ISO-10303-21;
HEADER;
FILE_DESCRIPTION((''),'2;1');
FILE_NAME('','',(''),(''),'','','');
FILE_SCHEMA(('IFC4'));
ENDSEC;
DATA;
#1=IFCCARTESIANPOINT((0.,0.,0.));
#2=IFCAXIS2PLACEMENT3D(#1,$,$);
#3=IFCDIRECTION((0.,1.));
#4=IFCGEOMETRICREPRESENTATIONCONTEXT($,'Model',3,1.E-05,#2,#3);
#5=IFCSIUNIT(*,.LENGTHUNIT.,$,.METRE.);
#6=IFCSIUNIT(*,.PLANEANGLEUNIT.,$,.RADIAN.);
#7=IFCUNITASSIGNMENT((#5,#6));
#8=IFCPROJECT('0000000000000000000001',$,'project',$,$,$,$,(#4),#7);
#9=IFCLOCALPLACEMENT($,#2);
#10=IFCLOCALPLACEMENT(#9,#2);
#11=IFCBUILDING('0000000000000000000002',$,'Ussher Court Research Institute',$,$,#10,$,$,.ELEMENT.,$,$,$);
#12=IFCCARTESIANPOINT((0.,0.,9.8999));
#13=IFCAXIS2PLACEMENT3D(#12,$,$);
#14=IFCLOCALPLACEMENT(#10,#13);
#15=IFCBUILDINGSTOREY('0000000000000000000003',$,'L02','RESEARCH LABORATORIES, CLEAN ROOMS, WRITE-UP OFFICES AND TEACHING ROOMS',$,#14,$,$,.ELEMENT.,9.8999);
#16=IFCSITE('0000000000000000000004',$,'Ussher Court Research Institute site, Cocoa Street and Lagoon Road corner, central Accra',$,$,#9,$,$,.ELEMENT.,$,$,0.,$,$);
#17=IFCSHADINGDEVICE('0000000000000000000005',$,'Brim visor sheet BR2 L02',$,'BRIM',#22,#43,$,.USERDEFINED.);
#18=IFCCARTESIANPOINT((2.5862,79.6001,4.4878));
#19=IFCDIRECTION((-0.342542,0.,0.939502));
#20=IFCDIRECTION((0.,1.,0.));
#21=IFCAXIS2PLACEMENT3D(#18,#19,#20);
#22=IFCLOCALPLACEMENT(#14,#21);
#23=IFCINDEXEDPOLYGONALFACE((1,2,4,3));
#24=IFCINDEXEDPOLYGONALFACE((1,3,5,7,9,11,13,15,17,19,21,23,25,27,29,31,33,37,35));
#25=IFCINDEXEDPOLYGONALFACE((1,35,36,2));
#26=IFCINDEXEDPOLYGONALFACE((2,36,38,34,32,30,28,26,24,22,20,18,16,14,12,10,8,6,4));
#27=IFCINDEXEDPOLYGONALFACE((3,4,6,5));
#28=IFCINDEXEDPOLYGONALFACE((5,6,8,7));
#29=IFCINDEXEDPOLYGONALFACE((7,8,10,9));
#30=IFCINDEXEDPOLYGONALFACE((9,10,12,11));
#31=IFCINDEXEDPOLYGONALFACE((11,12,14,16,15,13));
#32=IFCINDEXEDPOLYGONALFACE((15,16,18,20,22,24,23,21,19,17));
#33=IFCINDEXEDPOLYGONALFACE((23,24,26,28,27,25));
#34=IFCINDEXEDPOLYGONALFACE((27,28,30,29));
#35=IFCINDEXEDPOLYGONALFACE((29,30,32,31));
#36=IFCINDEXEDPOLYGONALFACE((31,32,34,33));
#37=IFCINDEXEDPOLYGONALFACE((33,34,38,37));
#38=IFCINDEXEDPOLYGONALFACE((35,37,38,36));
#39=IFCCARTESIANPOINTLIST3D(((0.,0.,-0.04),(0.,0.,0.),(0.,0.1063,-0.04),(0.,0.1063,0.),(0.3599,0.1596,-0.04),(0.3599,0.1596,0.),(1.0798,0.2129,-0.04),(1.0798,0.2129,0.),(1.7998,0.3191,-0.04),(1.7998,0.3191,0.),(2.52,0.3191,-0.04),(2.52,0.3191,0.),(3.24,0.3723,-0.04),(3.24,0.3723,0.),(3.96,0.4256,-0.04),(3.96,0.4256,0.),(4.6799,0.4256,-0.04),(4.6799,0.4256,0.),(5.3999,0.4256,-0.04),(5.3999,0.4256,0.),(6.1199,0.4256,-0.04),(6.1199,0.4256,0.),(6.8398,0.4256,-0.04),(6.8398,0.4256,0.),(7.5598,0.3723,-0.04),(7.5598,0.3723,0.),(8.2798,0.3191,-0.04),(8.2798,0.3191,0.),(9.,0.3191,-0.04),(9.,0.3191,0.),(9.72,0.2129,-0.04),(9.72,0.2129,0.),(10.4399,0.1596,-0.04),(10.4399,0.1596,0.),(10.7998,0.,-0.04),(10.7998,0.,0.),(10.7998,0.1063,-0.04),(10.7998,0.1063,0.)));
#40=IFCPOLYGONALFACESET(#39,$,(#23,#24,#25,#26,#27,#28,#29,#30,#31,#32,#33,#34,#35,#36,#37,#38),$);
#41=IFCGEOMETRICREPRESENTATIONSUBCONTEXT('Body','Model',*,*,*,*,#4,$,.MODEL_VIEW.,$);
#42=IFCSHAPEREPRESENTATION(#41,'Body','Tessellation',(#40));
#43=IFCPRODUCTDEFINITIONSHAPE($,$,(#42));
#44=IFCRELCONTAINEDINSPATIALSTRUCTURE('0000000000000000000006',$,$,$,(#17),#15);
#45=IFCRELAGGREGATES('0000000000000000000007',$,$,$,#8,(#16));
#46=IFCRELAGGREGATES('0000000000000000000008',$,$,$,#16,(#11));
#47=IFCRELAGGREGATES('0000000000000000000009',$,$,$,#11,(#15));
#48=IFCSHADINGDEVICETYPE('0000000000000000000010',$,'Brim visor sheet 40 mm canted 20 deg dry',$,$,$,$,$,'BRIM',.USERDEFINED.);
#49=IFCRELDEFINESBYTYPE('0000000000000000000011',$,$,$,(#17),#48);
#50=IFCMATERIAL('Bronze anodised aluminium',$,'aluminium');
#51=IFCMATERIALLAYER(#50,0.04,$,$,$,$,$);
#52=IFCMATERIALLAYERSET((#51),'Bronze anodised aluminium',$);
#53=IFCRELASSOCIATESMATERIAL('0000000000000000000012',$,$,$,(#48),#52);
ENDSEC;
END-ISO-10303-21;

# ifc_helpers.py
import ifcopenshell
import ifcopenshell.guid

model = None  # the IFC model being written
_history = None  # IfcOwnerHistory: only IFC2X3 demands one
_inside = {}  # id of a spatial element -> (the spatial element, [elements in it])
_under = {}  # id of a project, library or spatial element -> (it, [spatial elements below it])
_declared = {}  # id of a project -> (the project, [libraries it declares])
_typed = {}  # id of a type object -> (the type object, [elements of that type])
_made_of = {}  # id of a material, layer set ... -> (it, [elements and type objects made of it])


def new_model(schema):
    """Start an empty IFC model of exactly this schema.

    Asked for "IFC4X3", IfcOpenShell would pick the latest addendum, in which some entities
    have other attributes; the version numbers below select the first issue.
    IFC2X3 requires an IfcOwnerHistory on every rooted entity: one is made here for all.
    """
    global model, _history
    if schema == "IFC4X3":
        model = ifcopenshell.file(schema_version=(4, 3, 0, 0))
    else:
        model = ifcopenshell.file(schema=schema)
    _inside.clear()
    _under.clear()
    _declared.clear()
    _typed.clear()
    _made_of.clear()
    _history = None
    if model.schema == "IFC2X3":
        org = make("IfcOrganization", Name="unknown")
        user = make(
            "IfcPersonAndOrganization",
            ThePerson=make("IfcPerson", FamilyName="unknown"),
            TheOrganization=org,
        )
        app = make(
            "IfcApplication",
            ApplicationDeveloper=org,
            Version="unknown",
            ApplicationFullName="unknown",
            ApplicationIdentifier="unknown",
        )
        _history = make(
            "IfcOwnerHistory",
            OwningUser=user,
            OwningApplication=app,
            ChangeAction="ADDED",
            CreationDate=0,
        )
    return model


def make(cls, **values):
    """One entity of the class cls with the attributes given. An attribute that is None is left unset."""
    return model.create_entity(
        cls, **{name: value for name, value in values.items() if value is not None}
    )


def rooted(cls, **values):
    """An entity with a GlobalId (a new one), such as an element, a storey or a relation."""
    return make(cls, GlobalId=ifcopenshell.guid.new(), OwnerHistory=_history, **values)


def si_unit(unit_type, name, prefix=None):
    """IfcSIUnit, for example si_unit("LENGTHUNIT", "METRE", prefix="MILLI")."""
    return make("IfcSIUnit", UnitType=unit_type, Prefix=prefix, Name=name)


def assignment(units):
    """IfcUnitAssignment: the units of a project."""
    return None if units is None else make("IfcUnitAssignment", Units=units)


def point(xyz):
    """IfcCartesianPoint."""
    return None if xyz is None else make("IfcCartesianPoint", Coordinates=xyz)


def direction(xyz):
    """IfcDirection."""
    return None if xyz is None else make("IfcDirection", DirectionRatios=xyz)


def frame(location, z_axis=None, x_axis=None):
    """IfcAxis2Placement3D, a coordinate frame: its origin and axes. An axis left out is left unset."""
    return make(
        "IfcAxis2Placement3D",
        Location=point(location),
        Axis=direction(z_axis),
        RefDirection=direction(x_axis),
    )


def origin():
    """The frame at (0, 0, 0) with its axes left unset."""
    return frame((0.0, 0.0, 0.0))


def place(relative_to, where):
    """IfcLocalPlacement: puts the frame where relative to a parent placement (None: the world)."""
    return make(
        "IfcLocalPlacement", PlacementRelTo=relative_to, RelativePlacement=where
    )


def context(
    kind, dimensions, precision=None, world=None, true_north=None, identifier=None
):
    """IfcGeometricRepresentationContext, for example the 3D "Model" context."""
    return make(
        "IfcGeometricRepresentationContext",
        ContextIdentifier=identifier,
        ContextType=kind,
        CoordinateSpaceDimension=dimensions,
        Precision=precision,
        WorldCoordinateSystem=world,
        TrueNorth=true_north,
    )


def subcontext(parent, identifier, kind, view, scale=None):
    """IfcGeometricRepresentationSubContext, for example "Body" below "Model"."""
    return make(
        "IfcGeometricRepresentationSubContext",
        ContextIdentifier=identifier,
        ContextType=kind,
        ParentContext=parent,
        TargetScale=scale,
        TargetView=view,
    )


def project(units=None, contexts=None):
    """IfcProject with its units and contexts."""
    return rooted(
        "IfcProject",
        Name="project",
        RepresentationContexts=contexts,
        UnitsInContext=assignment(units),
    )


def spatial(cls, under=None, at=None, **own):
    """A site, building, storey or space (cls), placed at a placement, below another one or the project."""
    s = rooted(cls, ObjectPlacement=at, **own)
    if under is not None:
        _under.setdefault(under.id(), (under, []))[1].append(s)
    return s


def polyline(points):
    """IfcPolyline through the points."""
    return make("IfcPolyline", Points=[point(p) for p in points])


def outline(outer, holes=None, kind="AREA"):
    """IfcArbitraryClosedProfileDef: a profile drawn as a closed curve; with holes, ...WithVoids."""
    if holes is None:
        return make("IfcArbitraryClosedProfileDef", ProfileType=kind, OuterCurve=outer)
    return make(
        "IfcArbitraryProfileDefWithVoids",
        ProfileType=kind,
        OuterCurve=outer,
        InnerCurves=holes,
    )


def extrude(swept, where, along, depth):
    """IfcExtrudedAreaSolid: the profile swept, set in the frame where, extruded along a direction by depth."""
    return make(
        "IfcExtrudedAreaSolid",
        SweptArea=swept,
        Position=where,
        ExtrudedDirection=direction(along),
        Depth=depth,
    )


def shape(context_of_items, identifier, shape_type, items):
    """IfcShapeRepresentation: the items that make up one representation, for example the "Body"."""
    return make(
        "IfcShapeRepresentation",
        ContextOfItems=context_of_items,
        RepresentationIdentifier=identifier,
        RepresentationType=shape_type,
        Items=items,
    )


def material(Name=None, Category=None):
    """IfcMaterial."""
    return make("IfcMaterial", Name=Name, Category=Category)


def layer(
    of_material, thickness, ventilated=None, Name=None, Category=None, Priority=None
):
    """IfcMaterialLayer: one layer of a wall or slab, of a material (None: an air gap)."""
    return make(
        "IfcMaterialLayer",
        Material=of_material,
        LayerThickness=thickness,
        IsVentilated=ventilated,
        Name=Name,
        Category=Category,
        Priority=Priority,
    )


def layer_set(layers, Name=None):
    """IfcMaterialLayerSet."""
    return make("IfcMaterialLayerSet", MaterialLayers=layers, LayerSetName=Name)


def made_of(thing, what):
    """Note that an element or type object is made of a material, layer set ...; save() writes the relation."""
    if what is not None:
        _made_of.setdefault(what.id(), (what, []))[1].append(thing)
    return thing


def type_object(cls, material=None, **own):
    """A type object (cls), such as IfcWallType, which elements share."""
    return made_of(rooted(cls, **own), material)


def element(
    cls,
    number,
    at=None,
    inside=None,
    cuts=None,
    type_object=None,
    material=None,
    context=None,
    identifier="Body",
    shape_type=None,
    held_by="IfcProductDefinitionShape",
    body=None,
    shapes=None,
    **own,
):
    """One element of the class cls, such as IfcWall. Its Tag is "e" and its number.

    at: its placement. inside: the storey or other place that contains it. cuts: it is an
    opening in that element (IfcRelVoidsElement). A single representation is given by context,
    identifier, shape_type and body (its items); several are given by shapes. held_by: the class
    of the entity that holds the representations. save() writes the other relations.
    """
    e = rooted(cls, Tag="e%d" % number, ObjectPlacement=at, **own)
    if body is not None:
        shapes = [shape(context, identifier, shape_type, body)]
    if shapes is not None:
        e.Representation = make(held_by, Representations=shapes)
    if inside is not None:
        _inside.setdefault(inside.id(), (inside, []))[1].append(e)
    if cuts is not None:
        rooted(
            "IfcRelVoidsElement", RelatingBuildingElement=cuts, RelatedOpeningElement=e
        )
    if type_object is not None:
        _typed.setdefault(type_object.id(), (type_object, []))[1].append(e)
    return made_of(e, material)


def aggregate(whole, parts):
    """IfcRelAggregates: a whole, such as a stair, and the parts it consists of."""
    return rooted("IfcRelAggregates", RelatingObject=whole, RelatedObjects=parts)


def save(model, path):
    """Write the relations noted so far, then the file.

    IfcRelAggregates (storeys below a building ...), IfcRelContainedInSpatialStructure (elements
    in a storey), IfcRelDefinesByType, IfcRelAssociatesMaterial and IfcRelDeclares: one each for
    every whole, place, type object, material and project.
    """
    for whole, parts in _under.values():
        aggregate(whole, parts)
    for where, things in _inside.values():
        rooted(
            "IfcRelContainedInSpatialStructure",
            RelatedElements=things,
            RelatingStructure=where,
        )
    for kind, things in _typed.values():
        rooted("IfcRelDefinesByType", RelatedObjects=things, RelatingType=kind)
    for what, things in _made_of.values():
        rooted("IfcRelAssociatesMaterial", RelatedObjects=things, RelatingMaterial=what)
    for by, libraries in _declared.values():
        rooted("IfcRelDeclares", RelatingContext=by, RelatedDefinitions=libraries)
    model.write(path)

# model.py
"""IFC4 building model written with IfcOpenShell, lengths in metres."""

from ifc_helpers import new_model, si_unit, direction, frame, origin, place, context, subcontext, project, spatial, polyline, outline, extrude, material, layer, layer_set, type_object, element, save


model = new_model("IFC4")

# Units and contexts
model_context = context("Model", 3, precision=1e-05, world=origin(), true_north=direction((0.0, 1.0)))
body_context = subcontext(model_context, "Body", "Model", "MODEL_VIEW")
ifc_project = project(units=[si_unit("LENGTHUNIT", "METRE"), si_unit("PLANEANGLEUNIT", "RADIAN")], contexts=[model_context])

# Site, building, storey
site_placement = place(None, origin())
site = spatial("IfcSite", under=ifc_project, at=site_placement, Name="Ussher Court Research Institute site, Cocoa Street and Lagoon Road corner, central Accra", CompositionType="ELEMENT", RefElevation=0.0)
building_placement = place(site_placement, origin())
building = spatial("IfcBuilding", under=site, at=building_placement, Name="Ussher Court Research Institute", CompositionType="ELEMENT")
storey_placement = place(building_placement, frame((0.0, 0.0, 9.8999)))
storey = spatial("IfcBuildingStorey", under=building, at=storey_placement, Name="L02", Description="RESEARCH LABORATORIES, CLEAN ROOMS, WRITE-UP OFFICES AND TEACHING ROOMS", CompositionType="ELEMENT", Elevation=9.8999)

# Shading device
ifc_material_1 = material(Name="Bronze anodised aluminium", Category="aluminium")
ifc_layer_1 = layer(ifc_material_1, 0.04)
ifc_layer_set_1 = layer_set([ifc_layer_1], Name="Bronze anodised aluminium")
shading_device_type_1 = type_object("IfcShadingDeviceType", Name="Brim visor sheet 40 mm canted 20 deg dry", ElementType="BRIM", PredefinedType="USERDEFINED", material=ifc_layer_set_1)
shading_device_1_placement = place(storey_placement, frame((2.5862, 79.6001, 4.4878), z_axis=(-0.342542, 0.0, 0.939502), x_axis=(0.0, 1.0, 0.0)))
element("IfcShadingDevice", 1, at=shading_device_1_placement, inside=storey, type_object=shading_device_type_1, Name="Brim visor sheet BR2 L02", ObjectType="BRIM", PredefinedType="USERDEFINED", context=body_context, shape_type="SweptSolid", body=[
    extrude(outline(polyline([(0.0, 0.0), (10.7998, 0.0), (10.7998, 0.1063), (10.4399, 0.1596), (9.72, 0.2129), (9.0, 0.3191), (8.2798, 0.3191), (7.5598, 0.3723), (6.8398, 0.4256), (6.1199, 0.4256), (5.3999, 0.4256), (4.6799, 0.4256), (3.96, 0.4256), (3.24, 0.3723), (2.52, 0.3191), (1.7998, 0.3191), (1.0798, 0.2129), (0.3599, 0.1596), (0.0, 0.1063), (0.0, 0.0)])), origin(), (0.0, 0.0, -1.0), 0.04),
])

save(model, "model.ifc")
